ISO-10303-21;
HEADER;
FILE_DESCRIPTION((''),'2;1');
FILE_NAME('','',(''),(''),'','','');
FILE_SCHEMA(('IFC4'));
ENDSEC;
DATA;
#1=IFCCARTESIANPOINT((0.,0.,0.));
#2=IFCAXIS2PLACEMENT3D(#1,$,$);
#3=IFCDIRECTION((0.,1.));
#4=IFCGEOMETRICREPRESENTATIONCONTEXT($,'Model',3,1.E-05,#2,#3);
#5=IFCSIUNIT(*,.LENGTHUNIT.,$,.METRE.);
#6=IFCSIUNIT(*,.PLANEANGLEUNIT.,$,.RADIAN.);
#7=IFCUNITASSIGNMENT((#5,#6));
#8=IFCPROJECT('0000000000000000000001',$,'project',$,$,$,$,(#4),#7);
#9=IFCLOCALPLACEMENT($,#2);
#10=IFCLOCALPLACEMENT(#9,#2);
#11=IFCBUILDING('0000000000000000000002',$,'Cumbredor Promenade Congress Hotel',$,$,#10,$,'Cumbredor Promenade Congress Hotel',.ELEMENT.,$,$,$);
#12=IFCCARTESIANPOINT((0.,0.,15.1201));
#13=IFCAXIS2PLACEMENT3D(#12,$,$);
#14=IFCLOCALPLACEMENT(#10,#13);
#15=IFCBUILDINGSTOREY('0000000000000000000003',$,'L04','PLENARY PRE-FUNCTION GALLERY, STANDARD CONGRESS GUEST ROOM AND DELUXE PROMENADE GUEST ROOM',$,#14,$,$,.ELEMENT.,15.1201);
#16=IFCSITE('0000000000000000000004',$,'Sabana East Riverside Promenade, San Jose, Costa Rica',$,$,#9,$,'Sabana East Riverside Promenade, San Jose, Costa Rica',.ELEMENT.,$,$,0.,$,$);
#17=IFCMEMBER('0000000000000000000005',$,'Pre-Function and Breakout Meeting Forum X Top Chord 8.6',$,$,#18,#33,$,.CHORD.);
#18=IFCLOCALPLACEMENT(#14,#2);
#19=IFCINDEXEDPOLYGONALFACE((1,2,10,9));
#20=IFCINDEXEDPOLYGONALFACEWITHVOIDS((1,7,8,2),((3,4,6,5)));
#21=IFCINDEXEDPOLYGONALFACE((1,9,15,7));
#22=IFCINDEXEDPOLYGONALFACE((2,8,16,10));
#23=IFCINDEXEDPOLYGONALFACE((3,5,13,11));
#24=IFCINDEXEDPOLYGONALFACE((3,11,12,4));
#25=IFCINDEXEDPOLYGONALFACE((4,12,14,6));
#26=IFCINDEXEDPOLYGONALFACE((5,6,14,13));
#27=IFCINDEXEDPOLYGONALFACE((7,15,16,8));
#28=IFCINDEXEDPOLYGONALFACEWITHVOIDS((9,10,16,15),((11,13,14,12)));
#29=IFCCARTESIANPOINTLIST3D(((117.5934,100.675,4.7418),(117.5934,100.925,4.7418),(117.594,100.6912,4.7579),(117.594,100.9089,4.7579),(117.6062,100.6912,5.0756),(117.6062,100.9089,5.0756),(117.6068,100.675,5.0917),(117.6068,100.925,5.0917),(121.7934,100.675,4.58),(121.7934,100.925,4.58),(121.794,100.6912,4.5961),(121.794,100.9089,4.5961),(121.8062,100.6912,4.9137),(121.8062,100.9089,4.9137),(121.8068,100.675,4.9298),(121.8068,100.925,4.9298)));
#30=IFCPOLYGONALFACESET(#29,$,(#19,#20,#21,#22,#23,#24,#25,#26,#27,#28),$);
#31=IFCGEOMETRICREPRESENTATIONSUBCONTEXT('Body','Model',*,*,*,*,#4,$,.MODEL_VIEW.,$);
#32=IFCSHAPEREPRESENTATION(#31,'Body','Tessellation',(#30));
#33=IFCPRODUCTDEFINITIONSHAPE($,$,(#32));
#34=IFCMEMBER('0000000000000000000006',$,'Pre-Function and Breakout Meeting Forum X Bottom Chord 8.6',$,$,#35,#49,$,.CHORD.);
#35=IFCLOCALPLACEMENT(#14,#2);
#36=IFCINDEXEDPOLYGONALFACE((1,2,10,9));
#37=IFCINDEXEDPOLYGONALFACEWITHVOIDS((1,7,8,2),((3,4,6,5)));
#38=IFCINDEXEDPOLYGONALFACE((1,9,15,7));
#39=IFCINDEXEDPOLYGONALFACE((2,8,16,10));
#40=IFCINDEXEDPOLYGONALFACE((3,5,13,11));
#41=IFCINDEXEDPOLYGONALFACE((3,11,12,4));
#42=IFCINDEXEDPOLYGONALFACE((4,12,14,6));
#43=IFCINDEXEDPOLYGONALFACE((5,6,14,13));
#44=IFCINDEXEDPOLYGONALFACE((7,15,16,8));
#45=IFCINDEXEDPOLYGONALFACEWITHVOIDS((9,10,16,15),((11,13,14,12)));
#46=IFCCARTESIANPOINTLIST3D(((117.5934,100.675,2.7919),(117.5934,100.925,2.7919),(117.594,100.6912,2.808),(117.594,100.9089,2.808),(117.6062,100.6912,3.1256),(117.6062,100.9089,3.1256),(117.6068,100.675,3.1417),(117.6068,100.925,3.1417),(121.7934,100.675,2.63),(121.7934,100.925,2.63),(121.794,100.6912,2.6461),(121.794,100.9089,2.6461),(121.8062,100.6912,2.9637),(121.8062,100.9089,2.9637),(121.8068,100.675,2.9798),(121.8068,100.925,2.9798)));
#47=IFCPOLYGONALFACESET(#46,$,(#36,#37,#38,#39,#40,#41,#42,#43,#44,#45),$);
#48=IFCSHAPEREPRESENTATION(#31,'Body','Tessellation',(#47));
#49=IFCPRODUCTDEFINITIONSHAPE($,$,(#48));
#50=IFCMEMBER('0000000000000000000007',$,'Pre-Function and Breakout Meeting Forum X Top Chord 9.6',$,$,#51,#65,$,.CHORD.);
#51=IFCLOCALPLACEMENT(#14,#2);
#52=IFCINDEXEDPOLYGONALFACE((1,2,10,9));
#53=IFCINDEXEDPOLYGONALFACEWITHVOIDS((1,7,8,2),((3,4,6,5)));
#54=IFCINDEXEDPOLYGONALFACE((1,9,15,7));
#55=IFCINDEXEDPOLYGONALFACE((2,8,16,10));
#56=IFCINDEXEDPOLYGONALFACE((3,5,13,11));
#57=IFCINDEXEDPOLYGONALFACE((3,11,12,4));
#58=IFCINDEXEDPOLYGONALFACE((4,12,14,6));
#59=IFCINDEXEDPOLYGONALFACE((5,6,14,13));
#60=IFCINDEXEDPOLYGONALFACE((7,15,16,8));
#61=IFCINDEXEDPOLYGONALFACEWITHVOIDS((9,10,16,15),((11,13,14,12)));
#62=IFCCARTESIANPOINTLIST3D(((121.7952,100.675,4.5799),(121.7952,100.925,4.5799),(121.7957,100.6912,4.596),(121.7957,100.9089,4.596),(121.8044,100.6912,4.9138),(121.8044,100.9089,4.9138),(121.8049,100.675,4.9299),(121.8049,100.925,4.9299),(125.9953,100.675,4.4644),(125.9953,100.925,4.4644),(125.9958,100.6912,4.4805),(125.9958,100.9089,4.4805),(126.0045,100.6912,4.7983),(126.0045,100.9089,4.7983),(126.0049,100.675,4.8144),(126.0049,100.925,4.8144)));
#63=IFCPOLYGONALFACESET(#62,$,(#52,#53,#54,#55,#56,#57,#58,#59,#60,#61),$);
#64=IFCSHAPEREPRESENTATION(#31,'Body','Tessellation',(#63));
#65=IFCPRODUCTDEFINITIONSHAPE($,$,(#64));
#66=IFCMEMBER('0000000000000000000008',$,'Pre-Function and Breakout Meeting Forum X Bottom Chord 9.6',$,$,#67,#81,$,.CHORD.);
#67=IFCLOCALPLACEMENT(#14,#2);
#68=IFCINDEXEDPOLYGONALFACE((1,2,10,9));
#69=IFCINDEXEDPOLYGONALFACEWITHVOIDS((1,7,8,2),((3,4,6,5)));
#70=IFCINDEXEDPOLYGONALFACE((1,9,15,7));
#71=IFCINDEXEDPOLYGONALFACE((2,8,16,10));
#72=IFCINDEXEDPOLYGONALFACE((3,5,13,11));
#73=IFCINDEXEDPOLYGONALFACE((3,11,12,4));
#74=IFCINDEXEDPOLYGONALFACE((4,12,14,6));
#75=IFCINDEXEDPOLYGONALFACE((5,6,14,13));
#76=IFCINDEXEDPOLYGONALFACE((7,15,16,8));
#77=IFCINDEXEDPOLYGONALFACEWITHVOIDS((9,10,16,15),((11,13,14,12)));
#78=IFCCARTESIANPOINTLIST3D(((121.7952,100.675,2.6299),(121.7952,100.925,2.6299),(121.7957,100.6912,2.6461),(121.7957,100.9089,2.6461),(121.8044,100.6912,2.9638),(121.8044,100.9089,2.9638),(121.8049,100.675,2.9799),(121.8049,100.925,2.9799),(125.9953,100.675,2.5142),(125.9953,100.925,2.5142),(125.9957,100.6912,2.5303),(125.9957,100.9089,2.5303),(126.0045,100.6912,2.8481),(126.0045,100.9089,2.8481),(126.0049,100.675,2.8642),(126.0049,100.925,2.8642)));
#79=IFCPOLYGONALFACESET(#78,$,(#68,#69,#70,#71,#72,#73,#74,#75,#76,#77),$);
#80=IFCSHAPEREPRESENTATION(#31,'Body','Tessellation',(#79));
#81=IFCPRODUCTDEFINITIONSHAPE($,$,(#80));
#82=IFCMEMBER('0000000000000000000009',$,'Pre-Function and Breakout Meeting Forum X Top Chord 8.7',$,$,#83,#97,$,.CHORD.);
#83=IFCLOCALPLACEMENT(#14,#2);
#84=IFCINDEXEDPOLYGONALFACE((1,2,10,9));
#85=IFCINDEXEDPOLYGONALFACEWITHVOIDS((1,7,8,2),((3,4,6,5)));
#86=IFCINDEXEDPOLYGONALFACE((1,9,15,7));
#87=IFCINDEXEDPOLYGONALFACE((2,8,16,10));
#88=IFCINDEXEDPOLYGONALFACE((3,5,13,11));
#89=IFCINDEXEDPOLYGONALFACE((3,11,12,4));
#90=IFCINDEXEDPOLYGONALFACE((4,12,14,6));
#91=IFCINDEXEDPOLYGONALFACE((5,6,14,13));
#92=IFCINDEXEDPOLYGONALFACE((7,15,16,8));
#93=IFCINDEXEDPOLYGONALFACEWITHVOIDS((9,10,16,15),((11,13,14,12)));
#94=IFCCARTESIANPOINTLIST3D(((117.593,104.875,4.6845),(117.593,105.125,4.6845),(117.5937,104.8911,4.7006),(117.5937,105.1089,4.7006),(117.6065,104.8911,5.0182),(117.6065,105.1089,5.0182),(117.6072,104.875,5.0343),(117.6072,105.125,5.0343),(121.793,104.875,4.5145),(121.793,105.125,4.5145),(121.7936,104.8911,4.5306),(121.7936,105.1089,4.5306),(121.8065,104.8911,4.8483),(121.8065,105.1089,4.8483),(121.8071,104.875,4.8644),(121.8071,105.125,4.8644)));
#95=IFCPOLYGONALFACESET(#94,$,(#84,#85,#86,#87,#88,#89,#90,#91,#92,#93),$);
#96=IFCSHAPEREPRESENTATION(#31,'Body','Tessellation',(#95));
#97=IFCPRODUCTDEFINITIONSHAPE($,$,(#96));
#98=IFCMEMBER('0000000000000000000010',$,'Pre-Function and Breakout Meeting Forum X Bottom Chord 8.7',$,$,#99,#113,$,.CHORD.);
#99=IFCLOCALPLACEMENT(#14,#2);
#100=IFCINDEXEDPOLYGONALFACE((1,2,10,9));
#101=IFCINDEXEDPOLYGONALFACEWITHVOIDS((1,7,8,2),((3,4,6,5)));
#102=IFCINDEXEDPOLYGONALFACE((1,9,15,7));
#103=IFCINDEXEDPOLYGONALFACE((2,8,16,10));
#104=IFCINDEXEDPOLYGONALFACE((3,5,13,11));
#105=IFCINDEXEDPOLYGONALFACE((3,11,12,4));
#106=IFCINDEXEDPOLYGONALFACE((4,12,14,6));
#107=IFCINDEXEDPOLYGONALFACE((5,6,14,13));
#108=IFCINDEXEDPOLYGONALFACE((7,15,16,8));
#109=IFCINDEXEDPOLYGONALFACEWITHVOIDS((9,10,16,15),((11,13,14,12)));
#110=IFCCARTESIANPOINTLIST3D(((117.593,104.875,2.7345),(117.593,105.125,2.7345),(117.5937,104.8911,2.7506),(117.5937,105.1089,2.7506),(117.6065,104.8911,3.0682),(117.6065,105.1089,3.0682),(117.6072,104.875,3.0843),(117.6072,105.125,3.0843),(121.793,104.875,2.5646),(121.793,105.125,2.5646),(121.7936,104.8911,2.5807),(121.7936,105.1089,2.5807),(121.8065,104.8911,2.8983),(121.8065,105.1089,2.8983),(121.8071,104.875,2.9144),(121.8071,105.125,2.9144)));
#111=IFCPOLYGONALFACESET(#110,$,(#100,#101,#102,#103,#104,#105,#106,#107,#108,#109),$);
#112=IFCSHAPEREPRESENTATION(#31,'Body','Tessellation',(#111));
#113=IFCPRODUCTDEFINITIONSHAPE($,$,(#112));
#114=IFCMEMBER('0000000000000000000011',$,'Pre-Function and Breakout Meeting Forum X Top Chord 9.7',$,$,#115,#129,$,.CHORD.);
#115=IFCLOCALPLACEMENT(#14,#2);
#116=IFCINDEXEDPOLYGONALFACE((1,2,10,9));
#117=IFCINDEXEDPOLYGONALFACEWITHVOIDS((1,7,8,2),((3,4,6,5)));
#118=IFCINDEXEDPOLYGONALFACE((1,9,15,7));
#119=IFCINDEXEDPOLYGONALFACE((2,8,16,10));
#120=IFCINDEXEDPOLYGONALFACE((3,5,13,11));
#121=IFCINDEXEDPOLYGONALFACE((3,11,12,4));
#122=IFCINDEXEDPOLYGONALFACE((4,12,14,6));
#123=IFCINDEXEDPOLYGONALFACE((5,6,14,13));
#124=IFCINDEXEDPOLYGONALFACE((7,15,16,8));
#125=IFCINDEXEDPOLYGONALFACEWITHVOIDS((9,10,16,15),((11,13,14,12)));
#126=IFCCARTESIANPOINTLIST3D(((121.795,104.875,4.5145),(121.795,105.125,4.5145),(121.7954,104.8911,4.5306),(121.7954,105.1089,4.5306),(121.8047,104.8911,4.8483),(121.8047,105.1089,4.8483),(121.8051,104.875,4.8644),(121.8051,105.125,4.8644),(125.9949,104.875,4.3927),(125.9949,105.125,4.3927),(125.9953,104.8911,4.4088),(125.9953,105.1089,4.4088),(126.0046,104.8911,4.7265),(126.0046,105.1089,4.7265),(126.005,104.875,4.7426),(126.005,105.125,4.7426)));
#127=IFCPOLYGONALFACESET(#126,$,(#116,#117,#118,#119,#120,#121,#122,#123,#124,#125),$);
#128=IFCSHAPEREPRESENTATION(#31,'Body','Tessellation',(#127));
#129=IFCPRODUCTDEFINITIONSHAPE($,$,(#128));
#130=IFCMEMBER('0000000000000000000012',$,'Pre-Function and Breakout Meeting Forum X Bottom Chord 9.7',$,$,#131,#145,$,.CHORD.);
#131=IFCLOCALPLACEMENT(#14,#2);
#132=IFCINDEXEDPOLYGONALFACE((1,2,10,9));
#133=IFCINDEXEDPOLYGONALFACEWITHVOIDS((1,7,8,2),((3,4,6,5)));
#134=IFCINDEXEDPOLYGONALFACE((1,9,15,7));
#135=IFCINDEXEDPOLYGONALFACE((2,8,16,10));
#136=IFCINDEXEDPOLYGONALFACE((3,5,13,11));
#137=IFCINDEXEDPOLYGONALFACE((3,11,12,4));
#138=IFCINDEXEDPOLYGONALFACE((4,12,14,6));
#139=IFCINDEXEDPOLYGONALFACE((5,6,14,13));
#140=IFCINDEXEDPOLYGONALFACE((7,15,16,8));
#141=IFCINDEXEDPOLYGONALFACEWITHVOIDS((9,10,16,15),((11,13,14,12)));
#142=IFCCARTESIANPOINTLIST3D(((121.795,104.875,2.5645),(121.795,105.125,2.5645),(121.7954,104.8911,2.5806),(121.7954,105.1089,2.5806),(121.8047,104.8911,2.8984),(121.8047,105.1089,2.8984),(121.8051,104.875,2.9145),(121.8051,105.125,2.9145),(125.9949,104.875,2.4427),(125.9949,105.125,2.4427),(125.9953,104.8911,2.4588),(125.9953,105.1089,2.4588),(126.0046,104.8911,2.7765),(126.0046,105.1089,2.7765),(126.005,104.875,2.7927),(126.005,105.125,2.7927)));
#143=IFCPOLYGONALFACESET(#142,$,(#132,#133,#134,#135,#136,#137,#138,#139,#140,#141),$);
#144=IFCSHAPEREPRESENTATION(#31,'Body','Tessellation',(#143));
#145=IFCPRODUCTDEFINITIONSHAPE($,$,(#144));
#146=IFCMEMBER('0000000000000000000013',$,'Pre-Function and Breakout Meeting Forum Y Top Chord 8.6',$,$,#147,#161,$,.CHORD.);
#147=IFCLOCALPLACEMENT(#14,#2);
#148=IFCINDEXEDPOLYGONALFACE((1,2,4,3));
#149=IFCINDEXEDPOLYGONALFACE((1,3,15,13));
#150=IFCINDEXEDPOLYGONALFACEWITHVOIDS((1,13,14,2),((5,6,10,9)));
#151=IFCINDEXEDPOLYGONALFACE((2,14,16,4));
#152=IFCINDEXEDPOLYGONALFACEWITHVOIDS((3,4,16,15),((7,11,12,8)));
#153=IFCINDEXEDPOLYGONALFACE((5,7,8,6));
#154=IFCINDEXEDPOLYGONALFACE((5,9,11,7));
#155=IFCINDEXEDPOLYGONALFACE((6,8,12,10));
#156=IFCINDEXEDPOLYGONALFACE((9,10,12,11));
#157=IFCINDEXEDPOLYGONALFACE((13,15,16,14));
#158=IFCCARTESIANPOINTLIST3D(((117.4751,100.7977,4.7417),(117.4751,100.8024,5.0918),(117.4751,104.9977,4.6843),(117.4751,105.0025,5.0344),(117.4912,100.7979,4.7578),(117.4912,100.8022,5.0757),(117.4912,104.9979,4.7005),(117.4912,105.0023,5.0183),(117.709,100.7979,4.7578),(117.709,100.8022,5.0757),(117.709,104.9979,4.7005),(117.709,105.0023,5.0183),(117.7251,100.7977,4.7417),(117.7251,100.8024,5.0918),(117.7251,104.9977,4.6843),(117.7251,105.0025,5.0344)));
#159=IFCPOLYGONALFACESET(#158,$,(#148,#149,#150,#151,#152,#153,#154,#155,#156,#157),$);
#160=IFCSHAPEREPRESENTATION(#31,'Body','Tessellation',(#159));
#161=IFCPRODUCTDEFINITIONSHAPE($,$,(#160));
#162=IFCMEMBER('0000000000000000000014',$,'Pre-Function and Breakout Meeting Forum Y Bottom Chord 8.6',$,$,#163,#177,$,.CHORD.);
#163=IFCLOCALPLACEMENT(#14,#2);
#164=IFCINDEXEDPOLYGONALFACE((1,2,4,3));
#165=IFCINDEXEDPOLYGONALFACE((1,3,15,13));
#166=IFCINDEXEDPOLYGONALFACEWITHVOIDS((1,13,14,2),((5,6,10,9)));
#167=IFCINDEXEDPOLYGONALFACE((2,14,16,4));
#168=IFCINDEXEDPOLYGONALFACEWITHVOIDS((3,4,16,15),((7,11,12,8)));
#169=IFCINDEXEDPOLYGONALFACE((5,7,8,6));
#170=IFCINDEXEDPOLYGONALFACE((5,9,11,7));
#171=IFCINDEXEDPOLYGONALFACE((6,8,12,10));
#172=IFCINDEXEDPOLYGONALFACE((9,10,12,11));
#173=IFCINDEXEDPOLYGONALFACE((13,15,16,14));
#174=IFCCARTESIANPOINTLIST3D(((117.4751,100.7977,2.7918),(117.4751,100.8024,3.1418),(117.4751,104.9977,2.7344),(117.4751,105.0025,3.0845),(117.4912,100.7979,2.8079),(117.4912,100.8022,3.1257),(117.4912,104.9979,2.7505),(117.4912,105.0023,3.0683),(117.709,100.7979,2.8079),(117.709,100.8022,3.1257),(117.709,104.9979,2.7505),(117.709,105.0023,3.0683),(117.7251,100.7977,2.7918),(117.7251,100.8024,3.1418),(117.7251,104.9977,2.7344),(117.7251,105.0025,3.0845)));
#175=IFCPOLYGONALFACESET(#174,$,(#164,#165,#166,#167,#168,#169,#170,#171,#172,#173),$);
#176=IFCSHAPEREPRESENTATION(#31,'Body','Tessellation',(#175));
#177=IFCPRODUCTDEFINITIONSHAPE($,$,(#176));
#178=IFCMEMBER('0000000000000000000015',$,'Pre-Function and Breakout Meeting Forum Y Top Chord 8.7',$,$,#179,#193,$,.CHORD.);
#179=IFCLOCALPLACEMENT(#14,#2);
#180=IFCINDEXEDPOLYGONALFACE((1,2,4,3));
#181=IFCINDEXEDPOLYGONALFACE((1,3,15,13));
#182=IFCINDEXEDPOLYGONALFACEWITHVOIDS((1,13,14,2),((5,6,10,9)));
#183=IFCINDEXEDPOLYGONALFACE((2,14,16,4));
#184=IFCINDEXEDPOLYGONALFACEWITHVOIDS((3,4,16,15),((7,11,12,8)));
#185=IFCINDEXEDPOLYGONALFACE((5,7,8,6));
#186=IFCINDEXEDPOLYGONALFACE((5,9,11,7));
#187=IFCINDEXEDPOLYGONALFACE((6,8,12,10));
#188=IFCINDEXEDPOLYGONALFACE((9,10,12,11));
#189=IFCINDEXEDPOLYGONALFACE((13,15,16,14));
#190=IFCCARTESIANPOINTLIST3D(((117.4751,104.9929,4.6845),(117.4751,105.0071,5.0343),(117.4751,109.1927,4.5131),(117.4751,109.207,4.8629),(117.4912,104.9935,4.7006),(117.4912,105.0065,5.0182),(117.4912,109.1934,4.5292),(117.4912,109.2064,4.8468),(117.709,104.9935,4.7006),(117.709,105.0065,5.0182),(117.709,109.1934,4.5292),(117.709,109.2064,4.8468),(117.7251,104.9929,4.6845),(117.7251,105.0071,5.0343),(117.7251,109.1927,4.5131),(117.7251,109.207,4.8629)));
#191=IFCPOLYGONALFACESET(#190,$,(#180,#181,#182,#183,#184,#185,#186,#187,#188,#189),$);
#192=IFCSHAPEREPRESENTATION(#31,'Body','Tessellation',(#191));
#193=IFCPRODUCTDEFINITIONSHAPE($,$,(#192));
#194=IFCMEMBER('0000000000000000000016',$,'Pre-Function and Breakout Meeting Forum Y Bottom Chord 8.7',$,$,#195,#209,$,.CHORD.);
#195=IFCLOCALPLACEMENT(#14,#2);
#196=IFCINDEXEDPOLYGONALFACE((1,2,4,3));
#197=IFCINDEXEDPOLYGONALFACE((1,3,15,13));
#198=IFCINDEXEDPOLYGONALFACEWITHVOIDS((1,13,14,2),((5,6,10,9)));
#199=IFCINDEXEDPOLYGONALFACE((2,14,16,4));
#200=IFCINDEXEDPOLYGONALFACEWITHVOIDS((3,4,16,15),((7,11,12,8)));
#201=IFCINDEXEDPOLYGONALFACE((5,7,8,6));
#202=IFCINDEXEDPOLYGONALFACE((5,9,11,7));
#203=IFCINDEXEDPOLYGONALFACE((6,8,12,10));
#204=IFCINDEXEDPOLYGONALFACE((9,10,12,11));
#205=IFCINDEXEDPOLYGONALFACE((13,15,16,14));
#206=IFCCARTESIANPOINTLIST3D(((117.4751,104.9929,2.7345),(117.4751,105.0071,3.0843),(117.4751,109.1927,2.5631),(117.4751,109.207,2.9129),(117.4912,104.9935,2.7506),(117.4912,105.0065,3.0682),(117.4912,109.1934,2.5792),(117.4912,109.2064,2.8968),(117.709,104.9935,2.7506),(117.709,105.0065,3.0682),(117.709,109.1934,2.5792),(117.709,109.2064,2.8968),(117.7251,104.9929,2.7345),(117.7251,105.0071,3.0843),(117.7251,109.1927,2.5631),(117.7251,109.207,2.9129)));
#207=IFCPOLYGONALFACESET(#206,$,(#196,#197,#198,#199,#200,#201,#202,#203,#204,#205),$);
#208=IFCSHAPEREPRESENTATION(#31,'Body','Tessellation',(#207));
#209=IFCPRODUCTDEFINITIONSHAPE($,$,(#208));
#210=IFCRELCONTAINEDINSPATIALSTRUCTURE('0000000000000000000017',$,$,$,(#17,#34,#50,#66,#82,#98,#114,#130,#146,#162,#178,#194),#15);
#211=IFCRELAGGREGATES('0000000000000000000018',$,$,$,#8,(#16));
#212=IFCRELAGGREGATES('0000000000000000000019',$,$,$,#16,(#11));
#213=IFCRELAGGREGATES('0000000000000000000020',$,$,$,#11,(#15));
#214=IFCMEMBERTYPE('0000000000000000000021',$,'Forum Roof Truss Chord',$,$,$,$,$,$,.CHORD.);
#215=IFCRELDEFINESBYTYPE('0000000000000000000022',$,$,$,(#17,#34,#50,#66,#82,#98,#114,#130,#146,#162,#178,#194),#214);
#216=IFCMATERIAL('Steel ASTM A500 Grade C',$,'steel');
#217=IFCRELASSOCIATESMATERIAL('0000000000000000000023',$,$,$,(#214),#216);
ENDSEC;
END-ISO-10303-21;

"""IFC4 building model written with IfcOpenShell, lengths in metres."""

from ifc_helpers import new_model, si_unit, direction, frame, origin, origin_2d, place, context, subcontext, project, spatial, hollow_rectangle, extrude, material, material_profile, profile_set, type_object, element, save


model = new_model("IFC4")

# Units and contexts
model_context = context("Model", 3, precision=1e-05, world=origin(), true_north=direction((0.0, 1.0)))
body_context = subcontext(model_context, "Body", "Model", "MODEL_VIEW")
ifc_project = project(units=[si_unit("LENGTHUNIT", "METRE"), si_unit("PLANEANGLEUNIT", "RADIAN")], contexts=[model_context])

# Site, building, storey
site_placement = place(None, origin())
site = spatial("IfcSite", under=ifc_project, at=site_placement, Name="Sabana East Riverside Promenade, San Jose, Costa Rica", LongName="Sabana East Riverside Promenade, San Jose, Costa Rica", CompositionType="ELEMENT", RefElevation=0.0)
building_placement = place(site_placement, origin())
building = spatial("IfcBuilding", under=site, at=building_placement, Name="Cumbredor Promenade Congress Hotel", LongName="Cumbredor Promenade Congress Hotel", CompositionType="ELEMENT")
storey_placement = place(building_placement, frame((0.0, 0.0, 15.1201)))
storey = spatial("IfcBuildingStorey", under=building, at=storey_placement, Name="L04", Description="PLENARY PRE-FUNCTION GALLERY, STANDARD CONGRESS GUEST ROOM AND DELUXE PROMENADE GUEST ROOM", CompositionType="ELEMENT", Elevation=15.1201)

# Members
ifc_material_1 = material(Name="Steel ASTM A500 Grade C", Category="steel")
ifc_material_profile_1 = material_profile(ifc_material_1, hollow_rectangle(XDim=0.25, YDim=0.3501, WallThickness=0.0161, at=origin_2d()), Name="HSS 350x250x16")
ifc_profile_set_1 = profile_set([ifc_material_profile_1], Name="Steel ASTM A500 Grade C")
member_type_1 = type_object("IfcMemberType", Name="Forum Roof Truss Chord", PredefinedType="CHORD", material=ifc_profile_set_1)
for number, where, z_axis, x_axis, name in (
    (1, (117.6001, 100.8, 4.9167), (0.999258, 0.0, -0.038511), (0.0, 1.0, 0.0), "Pre-Function and Breakout Meeting Forum X Top Chord 8.6"),
    (2, (117.6001, 100.8, 2.9668), (0.999258, 0.0, -0.038511), (0.0, 1.0, 0.0), "Pre-Function and Breakout Meeting Forum X Bottom Chord 8.6"),
):
    element("IfcMember", number, at=place(storey_placement, frame(where, z_axis=z_axis, x_axis=x_axis)), inside=storey, type_object=member_type_1, Name=name, PredefinedType="CHORD", context=body_context, shape_type="SweptSolid", body=[
        extrude(hollow_rectangle(XDim=0.25, YDim=0.3501, WallThickness=0.0161, at=origin_2d()), origin(), (0.0, 0.0, 1.0), 4.2031),
    ])
for number, where, z_axis, x_axis, name in (
    (3, (121.8, 100.8, 4.7549), (0.999622, 0.0, -0.027485), (0.0, 1.0, 0.0), "Pre-Function and Breakout Meeting Forum X Top Chord 9.6"),
    (4, (121.8, 100.8, 2.8049), (0.999621, 0.0, -0.027543), (0.0, 1.0, 0.0), "Pre-Function and Breakout Meeting Forum X Bottom Chord 9.6"),
):
    element("IfcMember", number, at=place(storey_placement, frame(where, z_axis=z_axis, x_axis=x_axis)), inside=storey, type_object=member_type_1, Name=name, PredefinedType="CHORD", context=body_context, shape_type="SweptSolid", body=[
        extrude(hollow_rectangle(XDim=0.25, YDim=0.3501, WallThickness=0.0161, at=origin_2d()), origin(), (0.0, 0.0, 1.0), 4.2017),
    ])
for number, where, z_axis, x_axis, name in (
    (5, (117.6001, 105.0, 4.8594), (0.999183, 0.0, -0.040425), (0.0, 1.0, 0.0), "Pre-Function and Breakout Meeting Forum X Top Chord 8.7"),
    (6, (117.6001, 105.0, 2.9094), (0.999183, 0.0, -0.040425), (0.0, 1.0, 0.0), "Pre-Function and Breakout Meeting Forum X Bottom Chord 8.7"),
):
    element("IfcMember", number, at=place(storey_placement, frame(where, z_axis=z_axis, x_axis=x_axis)), inside=storey, type_object=member_type_1, Name=name, PredefinedType="CHORD", context=body_context, shape_type="SweptSolid", body=[
        extrude(hollow_rectangle(XDim=0.25, YDim=0.3501, WallThickness=0.0161, at=origin_2d()), origin(), (0.0, 0.0, 1.0), 4.2034),
    ])
for number, where, z_axis, x_axis, name in (
    (7, (121.8, 105.0, 4.6895), (0.99958, 0.0, -0.028994), (0.0, 1.0, 0.0), "Pre-Function and Breakout Meeting Forum X Top Chord 9.7"),
    (8, (121.8, 105.0, 2.7395), (0.99958, 0.0, -0.028994), (0.0, 1.0, 0.0), "Pre-Function and Breakout Meeting Forum X Bottom Chord 9.7"),
):
    element("IfcMember", number, at=place(storey_placement, frame(where, z_axis=z_axis, x_axis=x_axis)), inside=storey, type_object=member_type_1, Name=name, PredefinedType="CHORD", context=body_context, shape_type="SweptSolid", body=[
        extrude(hollow_rectangle(XDim=0.25, YDim=0.3501, WallThickness=0.0161, at=origin_2d()), origin(), (0.0, 0.0, 1.0), 4.2017),
    ])
for number, where, z_axis, x_axis, name in (
    (9, (117.6001, 100.8, 4.9167), (0.0, 0.999907, -0.013659), (-1.0, 0.0, 0.0), "Pre-Function and Breakout Meeting Forum Y Top Chord 8.6"),
    (10, (117.6001, 100.8, 2.9668), (0.0, 0.999907, -0.013659), (-1.0, 0.0, 0.0), "Pre-Function and Breakout Meeting Forum Y Bottom Chord 8.6"),
):
    element("IfcMember", number, at=place(storey_placement, frame(where, z_axis=z_axis, x_axis=x_axis)), inside=storey, type_object=member_type_1, Name=name, PredefinedType="CHORD", context=body_context, shape_type="SweptSolid", body=[
        extrude(hollow_rectangle(XDim=0.25, YDim=0.3501, WallThickness=0.0161, at=origin_2d()), origin(), (0.0, 0.0, 1.0), 4.2004),
    ])
for number, where, z_axis, x_axis, name in (
    (11, (117.6001, 105.0, 4.8594), (0.0, 0.999168, -0.040773), (-1.0, 0.0, 0.0), "Pre-Function and Breakout Meeting Forum Y Top Chord 8.7"),
    (12, (117.6001, 105.0, 2.9094), (0.0, 0.999168, -0.040773), (-1.0, 0.0, 0.0), "Pre-Function and Breakout Meeting Forum Y Bottom Chord 8.7"),
):
    element("IfcMember", number, at=place(storey_placement, frame(where, z_axis=z_axis, x_axis=x_axis)), inside=storey, type_object=member_type_1, Name=name, PredefinedType="CHORD", context=body_context, shape_type="SweptSolid", body=[
        extrude(hollow_rectangle(XDim=0.25, YDim=0.3501, WallThickness=0.0161, at=origin_2d()), origin(), (0.0, 0.0, 1.0), 4.2034),
    ])

save(model, "model.ifc")
